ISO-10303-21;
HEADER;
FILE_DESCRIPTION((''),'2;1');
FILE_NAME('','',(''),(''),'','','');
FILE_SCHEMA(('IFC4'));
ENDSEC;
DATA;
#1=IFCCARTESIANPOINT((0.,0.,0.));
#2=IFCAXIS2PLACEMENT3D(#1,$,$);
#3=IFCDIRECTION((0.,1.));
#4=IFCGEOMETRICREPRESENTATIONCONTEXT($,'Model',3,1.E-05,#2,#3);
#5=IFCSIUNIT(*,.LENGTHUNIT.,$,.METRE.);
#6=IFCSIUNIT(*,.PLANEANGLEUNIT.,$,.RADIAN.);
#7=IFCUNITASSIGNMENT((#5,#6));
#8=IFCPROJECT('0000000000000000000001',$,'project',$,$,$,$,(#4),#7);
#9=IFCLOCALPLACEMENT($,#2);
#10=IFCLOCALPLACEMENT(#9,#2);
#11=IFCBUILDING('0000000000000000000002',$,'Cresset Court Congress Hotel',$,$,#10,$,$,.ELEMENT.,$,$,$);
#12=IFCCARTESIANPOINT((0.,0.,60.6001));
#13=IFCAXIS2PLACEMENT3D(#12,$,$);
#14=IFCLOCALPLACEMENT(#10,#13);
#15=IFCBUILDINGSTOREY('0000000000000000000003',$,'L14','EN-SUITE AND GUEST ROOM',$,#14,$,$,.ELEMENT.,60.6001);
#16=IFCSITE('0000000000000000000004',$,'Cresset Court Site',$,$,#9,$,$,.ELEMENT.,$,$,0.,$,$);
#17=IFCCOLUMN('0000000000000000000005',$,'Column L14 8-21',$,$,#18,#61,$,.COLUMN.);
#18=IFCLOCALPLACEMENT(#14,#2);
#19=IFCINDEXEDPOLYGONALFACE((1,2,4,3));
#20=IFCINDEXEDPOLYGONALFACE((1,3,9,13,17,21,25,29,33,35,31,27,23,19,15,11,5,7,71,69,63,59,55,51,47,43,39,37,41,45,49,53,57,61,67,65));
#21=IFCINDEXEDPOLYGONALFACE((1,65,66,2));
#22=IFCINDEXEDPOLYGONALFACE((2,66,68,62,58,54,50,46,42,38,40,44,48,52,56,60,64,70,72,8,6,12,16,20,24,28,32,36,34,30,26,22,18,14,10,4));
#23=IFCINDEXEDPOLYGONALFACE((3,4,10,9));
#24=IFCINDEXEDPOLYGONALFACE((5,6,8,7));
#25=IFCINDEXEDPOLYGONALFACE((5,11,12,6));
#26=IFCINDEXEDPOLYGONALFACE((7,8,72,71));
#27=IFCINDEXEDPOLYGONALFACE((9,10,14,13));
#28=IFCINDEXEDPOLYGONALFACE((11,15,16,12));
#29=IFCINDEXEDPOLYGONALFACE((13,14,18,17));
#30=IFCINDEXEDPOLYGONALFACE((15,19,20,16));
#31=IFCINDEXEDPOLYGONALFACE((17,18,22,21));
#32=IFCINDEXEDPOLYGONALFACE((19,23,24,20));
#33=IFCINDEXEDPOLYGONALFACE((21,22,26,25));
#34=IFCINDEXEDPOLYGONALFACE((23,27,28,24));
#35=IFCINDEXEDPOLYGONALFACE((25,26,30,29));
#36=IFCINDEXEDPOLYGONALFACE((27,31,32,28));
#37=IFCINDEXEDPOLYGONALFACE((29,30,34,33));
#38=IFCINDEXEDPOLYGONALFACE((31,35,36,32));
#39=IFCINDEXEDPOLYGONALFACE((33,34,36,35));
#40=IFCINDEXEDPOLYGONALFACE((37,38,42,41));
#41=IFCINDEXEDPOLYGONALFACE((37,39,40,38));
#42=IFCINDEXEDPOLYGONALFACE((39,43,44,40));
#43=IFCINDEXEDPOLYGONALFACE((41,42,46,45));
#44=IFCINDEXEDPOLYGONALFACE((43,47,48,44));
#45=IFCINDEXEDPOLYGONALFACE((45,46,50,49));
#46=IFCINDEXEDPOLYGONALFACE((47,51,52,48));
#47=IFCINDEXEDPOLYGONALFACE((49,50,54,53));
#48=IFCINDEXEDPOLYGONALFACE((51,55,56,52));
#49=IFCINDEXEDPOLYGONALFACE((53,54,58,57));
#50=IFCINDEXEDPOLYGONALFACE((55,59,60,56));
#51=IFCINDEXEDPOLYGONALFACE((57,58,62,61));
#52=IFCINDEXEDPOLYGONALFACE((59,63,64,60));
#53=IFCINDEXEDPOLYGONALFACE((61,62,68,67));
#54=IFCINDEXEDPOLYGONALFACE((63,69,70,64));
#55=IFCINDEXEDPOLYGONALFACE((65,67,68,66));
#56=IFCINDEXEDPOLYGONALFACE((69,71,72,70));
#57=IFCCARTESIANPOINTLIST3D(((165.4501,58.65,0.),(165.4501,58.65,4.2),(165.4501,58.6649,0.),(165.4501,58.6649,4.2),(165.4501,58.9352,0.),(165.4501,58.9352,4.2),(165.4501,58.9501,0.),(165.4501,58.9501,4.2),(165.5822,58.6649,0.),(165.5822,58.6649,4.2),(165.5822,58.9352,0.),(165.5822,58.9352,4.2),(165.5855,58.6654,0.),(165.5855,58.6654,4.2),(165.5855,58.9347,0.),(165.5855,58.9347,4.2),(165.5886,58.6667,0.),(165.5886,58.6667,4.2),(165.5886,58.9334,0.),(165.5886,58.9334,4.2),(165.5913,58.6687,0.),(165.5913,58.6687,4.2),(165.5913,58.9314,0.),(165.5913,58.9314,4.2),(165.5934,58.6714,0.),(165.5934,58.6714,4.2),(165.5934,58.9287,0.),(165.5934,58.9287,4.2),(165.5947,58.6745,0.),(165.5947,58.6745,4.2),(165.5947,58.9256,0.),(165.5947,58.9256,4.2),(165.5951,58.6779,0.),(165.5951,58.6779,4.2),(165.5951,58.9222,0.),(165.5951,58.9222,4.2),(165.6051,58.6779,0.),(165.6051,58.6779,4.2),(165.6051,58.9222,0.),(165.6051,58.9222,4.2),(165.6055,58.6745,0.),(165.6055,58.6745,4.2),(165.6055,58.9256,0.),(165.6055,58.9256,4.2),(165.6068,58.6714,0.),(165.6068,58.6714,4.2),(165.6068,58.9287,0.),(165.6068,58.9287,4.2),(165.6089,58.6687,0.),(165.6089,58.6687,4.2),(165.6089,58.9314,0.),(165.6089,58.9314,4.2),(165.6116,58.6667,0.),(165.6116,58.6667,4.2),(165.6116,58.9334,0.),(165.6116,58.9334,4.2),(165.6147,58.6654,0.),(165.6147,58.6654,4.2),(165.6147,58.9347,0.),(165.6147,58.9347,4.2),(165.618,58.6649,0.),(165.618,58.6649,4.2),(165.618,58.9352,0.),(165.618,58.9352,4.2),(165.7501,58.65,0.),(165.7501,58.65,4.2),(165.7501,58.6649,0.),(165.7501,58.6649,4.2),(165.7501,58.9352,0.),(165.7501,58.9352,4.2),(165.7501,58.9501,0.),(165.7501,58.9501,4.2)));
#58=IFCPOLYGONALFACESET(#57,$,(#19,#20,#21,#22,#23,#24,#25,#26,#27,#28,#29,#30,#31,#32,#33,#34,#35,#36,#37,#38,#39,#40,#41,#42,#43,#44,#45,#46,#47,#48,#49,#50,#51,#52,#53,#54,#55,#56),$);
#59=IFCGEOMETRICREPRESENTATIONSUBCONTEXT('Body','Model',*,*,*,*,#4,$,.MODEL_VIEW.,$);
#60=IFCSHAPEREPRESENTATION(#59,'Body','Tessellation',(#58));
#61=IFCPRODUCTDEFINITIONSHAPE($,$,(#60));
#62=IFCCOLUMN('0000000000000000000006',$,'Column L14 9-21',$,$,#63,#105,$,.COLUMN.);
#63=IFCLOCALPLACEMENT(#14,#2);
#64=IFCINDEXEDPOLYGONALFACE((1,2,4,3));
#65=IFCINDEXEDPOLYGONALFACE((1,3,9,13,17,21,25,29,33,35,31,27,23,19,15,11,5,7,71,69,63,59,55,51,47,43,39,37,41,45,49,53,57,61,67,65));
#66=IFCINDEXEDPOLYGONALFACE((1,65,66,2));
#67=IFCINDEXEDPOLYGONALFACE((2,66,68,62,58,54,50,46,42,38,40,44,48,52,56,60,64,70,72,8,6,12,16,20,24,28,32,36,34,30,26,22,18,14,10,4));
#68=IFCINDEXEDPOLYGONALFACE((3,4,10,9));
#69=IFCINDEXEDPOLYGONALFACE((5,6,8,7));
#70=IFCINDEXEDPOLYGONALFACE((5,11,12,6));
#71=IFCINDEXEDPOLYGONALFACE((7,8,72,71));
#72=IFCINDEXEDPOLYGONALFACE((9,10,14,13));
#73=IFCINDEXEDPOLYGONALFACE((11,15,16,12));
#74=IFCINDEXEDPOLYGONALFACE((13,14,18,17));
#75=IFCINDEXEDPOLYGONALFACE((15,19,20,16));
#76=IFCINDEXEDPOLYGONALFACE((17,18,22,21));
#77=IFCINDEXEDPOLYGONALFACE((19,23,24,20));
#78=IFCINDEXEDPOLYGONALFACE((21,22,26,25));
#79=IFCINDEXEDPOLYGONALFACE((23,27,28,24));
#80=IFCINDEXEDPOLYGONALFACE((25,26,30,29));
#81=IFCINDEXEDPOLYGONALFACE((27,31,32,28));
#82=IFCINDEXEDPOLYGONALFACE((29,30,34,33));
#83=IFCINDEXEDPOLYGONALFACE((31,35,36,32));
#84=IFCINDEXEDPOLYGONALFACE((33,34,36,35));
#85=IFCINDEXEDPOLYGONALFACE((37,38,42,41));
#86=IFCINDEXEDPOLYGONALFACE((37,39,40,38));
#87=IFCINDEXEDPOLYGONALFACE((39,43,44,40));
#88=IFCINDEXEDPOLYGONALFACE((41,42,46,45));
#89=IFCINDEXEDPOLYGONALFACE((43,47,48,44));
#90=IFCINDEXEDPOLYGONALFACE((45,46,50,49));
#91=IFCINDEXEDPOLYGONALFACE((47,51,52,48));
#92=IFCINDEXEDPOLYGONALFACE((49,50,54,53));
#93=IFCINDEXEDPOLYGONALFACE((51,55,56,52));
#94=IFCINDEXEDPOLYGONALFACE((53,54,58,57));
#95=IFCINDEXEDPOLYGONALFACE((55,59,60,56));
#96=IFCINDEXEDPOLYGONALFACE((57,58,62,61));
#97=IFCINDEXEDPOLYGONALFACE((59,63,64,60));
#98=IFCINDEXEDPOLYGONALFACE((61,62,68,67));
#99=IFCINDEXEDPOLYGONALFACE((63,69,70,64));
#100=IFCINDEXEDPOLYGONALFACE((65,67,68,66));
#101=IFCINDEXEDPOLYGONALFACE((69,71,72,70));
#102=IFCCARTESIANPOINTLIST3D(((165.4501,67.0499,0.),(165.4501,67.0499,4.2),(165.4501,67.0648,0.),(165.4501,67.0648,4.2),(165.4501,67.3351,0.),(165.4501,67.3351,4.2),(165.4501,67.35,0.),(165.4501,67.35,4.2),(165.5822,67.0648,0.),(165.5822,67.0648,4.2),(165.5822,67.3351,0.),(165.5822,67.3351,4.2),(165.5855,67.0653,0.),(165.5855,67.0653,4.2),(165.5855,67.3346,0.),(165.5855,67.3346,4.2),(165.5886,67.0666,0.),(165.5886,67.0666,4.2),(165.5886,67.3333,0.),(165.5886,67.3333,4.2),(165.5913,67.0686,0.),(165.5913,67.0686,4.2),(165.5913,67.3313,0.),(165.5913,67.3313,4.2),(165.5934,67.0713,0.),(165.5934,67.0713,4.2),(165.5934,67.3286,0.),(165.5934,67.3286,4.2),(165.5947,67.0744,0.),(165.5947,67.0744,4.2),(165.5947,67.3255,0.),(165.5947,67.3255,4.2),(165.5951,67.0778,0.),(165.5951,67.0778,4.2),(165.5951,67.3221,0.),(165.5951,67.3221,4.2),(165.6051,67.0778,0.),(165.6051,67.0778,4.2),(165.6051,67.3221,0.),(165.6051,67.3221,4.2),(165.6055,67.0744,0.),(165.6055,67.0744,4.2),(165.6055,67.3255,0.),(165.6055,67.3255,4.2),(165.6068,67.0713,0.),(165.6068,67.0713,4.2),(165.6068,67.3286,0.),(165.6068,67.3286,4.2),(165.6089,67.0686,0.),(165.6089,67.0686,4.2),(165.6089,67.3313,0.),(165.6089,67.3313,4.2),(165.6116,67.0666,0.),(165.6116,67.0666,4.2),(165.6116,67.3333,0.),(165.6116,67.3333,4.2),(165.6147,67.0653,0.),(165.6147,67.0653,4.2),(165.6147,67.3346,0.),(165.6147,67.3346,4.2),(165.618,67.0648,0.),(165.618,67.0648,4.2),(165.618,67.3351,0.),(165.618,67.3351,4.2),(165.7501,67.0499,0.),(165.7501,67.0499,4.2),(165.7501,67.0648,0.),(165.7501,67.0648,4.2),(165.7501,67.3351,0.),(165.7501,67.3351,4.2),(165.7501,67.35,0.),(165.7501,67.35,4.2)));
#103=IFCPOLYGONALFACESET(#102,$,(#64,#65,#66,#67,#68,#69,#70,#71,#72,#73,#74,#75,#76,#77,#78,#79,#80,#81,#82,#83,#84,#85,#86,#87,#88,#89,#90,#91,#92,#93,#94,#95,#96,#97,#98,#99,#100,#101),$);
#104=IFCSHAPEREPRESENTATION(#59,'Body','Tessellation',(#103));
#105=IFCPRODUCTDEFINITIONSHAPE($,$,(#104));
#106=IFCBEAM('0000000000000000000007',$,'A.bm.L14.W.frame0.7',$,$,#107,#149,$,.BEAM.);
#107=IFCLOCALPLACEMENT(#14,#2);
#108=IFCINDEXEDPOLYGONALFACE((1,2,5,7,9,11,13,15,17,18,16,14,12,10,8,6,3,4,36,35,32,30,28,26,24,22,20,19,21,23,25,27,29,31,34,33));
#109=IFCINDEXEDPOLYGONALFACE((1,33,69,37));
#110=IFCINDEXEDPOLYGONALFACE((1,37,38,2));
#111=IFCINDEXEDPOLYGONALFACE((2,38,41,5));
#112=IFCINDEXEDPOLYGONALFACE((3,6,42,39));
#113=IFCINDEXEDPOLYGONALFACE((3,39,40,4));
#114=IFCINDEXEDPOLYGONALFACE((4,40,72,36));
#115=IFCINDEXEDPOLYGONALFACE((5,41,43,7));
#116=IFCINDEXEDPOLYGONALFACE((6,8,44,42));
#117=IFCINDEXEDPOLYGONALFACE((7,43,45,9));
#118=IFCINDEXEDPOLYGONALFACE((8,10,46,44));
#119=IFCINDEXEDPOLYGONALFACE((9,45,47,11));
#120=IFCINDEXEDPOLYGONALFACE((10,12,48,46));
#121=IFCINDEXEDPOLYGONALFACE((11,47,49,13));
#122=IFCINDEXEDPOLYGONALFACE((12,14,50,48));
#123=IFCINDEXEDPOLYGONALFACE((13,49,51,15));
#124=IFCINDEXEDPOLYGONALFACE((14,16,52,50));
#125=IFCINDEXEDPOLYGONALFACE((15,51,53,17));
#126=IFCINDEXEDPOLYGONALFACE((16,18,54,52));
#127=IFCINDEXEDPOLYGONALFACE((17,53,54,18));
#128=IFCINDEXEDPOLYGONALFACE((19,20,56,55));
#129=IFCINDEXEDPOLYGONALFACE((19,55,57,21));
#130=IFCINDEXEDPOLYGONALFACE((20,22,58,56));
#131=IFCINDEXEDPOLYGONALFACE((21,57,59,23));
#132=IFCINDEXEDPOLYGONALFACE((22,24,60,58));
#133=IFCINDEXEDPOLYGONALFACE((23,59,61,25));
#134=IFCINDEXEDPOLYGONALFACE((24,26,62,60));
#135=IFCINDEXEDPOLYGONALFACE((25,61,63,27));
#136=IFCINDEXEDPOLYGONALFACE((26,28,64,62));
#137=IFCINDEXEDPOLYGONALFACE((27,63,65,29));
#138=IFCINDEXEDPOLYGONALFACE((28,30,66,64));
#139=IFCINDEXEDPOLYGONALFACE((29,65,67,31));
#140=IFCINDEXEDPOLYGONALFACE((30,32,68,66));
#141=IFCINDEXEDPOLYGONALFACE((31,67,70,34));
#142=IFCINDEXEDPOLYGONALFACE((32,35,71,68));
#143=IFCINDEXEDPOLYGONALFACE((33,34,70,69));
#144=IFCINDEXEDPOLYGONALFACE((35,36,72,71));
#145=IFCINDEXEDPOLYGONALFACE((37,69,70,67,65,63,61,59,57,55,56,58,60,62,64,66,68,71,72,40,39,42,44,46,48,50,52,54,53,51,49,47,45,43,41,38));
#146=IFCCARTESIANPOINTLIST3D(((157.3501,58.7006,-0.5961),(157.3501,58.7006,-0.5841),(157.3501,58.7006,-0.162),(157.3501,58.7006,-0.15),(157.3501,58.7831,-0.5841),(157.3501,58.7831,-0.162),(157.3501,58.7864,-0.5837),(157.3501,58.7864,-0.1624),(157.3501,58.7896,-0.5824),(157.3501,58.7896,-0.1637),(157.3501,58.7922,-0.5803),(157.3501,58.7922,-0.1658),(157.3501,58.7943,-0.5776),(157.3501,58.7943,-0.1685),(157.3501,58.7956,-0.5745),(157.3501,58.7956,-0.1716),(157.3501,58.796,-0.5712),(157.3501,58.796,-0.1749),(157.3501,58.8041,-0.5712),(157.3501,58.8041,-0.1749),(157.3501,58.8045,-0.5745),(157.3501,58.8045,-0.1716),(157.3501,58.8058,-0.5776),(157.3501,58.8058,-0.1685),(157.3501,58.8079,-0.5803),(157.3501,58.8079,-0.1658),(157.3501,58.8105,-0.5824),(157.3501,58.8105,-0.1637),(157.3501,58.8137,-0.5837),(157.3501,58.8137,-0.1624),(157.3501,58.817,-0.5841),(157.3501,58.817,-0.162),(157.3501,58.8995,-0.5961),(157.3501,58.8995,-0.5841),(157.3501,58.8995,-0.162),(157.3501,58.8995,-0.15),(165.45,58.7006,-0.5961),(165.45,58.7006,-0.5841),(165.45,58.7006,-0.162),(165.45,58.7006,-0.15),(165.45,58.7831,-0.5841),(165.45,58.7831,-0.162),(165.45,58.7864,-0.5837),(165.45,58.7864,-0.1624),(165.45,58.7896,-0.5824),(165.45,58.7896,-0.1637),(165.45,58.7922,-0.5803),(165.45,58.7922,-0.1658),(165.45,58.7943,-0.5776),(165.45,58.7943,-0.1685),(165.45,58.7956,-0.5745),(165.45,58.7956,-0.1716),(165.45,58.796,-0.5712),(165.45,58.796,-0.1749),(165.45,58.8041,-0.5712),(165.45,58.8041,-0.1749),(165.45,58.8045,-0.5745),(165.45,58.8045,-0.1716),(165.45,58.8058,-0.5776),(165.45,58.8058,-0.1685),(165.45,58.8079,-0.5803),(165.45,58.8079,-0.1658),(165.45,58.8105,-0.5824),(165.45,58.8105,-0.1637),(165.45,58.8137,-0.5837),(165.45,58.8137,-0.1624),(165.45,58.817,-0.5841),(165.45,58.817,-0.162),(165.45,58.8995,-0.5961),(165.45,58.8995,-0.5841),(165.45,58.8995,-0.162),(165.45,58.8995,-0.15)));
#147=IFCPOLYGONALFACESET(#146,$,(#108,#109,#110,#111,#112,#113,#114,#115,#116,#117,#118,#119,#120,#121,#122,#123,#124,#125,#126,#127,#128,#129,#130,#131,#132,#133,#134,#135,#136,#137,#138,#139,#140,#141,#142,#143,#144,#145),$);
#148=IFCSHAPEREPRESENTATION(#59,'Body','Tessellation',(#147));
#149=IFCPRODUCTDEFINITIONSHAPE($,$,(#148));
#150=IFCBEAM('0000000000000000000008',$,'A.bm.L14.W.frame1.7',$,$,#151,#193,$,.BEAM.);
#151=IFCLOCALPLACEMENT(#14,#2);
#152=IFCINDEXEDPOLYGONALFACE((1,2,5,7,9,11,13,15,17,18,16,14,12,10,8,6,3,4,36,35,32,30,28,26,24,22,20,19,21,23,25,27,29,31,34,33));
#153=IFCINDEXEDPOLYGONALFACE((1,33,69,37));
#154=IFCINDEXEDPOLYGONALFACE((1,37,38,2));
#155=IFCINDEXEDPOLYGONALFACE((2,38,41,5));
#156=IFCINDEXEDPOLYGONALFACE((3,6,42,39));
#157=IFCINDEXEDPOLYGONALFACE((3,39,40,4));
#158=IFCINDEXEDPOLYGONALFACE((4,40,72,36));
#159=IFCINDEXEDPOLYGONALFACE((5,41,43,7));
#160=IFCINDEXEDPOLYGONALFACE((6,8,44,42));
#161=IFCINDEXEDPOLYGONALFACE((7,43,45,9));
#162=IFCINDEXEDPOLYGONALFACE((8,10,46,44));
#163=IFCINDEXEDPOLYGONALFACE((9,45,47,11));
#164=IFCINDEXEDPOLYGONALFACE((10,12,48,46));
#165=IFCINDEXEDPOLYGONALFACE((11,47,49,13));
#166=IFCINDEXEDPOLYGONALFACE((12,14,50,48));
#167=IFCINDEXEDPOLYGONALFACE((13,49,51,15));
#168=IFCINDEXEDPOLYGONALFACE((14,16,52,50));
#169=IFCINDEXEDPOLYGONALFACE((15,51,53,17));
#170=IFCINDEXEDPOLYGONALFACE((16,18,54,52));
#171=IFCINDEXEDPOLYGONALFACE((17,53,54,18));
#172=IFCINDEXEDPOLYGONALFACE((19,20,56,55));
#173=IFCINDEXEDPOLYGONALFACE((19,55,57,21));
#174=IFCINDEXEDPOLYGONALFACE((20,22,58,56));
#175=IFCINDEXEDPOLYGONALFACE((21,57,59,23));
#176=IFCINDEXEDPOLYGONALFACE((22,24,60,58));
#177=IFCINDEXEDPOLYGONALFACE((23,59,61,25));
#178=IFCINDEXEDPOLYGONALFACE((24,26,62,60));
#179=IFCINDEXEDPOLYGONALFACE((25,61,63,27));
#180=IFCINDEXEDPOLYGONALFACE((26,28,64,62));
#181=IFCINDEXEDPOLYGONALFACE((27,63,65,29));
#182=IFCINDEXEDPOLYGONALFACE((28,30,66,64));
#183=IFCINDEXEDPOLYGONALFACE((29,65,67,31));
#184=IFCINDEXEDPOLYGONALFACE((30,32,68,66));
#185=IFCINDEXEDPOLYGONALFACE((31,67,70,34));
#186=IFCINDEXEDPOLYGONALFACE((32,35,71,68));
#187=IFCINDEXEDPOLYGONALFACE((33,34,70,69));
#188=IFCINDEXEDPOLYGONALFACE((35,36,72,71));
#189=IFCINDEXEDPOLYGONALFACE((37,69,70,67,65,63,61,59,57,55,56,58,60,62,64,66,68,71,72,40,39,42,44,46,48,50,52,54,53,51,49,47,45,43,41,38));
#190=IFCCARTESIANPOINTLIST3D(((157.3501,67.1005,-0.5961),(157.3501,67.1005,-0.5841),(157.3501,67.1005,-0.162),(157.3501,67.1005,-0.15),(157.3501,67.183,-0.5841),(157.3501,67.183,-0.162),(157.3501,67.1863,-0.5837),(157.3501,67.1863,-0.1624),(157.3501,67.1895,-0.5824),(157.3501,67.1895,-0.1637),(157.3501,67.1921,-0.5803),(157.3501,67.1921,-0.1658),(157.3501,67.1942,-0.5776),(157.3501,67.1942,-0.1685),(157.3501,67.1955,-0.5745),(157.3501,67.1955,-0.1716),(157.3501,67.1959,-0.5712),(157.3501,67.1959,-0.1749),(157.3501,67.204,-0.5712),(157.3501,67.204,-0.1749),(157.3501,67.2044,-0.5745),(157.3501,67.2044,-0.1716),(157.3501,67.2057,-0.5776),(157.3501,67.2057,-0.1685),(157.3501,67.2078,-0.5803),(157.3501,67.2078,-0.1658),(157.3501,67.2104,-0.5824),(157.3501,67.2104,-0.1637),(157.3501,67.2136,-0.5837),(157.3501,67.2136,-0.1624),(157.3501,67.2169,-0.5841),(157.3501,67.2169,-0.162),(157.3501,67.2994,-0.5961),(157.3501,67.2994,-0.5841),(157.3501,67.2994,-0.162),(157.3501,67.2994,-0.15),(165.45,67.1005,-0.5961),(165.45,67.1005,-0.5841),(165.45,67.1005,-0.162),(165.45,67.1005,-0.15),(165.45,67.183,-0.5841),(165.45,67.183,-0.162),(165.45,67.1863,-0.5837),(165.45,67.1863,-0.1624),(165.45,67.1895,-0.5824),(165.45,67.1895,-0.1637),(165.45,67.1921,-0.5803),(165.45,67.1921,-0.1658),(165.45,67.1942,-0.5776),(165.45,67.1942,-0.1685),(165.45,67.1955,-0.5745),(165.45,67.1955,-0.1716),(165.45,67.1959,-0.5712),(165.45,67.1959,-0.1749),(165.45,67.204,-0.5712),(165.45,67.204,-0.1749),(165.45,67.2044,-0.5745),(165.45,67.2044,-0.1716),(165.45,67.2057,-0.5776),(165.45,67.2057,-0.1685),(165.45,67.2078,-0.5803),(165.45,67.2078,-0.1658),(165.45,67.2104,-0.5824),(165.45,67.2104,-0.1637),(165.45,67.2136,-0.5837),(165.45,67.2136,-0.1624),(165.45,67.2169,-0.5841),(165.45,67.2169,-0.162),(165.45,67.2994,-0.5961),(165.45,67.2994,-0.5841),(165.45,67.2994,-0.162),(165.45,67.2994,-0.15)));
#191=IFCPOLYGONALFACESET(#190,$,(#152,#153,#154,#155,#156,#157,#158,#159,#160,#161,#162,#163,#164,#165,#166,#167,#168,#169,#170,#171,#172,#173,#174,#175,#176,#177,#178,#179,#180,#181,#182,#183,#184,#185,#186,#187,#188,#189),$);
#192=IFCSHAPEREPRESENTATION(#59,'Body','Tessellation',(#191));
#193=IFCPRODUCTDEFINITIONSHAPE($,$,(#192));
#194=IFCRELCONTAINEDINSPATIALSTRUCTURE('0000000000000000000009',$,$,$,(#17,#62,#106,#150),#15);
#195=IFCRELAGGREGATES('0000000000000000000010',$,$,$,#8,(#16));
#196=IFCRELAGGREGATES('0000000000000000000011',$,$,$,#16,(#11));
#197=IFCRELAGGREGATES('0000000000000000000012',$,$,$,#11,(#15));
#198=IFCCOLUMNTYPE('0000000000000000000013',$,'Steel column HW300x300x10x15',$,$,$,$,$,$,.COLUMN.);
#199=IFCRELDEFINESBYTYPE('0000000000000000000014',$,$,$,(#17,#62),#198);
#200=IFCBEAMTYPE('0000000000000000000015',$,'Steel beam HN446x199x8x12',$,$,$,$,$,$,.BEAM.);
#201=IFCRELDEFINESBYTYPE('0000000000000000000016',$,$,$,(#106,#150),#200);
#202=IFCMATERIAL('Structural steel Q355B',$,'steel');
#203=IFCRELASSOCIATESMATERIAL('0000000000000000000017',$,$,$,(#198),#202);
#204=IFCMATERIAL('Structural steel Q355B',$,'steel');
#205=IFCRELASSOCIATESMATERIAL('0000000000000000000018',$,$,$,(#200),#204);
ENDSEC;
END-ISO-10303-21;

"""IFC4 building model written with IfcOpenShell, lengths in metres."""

from ifc_helpers import new_model, si_unit, direction, frame, origin, origin_2d, place, context, subcontext, project, spatial, i_section, extrude, material, material_profile, profile_set, type_object, element, save


model = new_model("IFC4")

# Units and contexts
model_context = context("Model", 3, precision=1e-05, world=origin(), true_north=direction((0.0, 1.0)))
body_context = subcontext(model_context, "Body", "Model", "MODEL_VIEW")
ifc_project = project(units=[si_unit("LENGTHUNIT", "METRE"), si_unit("PLANEANGLEUNIT", "RADIAN")], contexts=[model_context])

# Site, building, storey
site_placement = place(None, origin())
site = spatial("IfcSite", under=ifc_project, at=site_placement, Name="Cresset Court Site", CompositionType="ELEMENT", RefElevation=0.0)
building_placement = place(site_placement, origin())
building = spatial("IfcBuilding", under=site, at=building_placement, Name="Cresset Court Congress Hotel", CompositionType="ELEMENT")
storey_placement = place(building_placement, frame((0.0, 0.0, 60.6001)))
storey = spatial("IfcBuildingStorey", under=building, at=storey_placement, Name="L14", Description="EN-SUITE AND GUEST ROOM", CompositionType="ELEMENT", Elevation=60.6001)

# Columns
ifc_material_1 = material(Name="Structural steel Q355B", Category="steel")
ifc_material_profile_1 = material_profile(ifc_material_1, i_section(OverallWidth=0.3, OverallDepth=0.3, WebThickness=0.01, FlangeThickness=0.0149, FilletRadius=0.0129, at=origin_2d()), Name="HW300x300x10x15")
ifc_profile_set_1 = profile_set([ifc_material_profile_1], Name="Structural steel Q355B")
column_type = type_object("IfcColumnType", Name="Steel column HW300x300x10x15", PredefinedType="COLUMN", material=ifc_profile_set_1)
for number, where, z_axis, x_axis, name in (
    (1, (165.6001, 58.8, 0.0), (0.0, 0.0, 1.0), (1.0, 0.0, 0.0), "Column L14 8-21"),
    (2, (165.6001, 67.2, 0.0), (0.0, 0.0, 1.0), (1.0, 0.0, 0.0), "Column L14 9-21"),
):
    element("IfcColumn", number, at=place(storey_placement, frame(where, z_axis=z_axis, x_axis=x_axis)), inside=storey, type_object=column_type, Name=name, PredefinedType="COLUMN", context=body_context, shape_type="SweptSolid", body=[
        extrude(i_section(OverallWidth=0.3, OverallDepth=0.3, WebThickness=0.01, FlangeThickness=0.0149, FilletRadius=0.0129, at=origin_2d()), origin(), (0.0, 0.0, 1.0), 4.2),
    ])

# Beams
ifc_material_2 = material(Name="Structural steel Q355B", Category="steel")
ifc_material_profile_2 = material_profile(ifc_material_2, i_section(OverallWidth=0.199, OverallDepth=0.446, WebThickness=0.0081, FlangeThickness=0.012, FilletRadius=0.0129, at=origin_2d()), Name="HN446x199x8x12")
ifc_profile_set_2 = profile_set([ifc_material_profile_2], Name="Structural steel Q355B")
beam_type = type_object("IfcBeamType", Name="Steel beam HN446x199x8x12", PredefinedType="BEAM", material=ifc_profile_set_2)
for number, where, z_axis, x_axis, name in (
    (3, (157.3501, 58.8, -0.373), (1.0, 0.0, 0.0), (0.0, 1.0, 0.0), "A.bm.L14.W.frame0.7"),
    (4, (157.3501, 67.2, -0.373), (1.0, 0.0, 0.0), (0.0, 1.0, 0.0), "A.bm.L14.W.frame1.7"),
):
    element("IfcBeam", number, at=place(storey_placement, frame(where, z_axis=z_axis, x_axis=x_axis)), inside=storey, type_object=beam_type, Name=name, PredefinedType="BEAM", context=body_context, shape_type="SweptSolid", body=[
        extrude(i_section(OverallWidth=0.199, OverallDepth=0.446, WebThickness=0.0081, FlangeThickness=0.012, FilletRadius=0.0129, at=origin_2d()), origin(), (0.0, 0.0, 1.0), 8.0999),
    ])

save(model, "model.ifc")
